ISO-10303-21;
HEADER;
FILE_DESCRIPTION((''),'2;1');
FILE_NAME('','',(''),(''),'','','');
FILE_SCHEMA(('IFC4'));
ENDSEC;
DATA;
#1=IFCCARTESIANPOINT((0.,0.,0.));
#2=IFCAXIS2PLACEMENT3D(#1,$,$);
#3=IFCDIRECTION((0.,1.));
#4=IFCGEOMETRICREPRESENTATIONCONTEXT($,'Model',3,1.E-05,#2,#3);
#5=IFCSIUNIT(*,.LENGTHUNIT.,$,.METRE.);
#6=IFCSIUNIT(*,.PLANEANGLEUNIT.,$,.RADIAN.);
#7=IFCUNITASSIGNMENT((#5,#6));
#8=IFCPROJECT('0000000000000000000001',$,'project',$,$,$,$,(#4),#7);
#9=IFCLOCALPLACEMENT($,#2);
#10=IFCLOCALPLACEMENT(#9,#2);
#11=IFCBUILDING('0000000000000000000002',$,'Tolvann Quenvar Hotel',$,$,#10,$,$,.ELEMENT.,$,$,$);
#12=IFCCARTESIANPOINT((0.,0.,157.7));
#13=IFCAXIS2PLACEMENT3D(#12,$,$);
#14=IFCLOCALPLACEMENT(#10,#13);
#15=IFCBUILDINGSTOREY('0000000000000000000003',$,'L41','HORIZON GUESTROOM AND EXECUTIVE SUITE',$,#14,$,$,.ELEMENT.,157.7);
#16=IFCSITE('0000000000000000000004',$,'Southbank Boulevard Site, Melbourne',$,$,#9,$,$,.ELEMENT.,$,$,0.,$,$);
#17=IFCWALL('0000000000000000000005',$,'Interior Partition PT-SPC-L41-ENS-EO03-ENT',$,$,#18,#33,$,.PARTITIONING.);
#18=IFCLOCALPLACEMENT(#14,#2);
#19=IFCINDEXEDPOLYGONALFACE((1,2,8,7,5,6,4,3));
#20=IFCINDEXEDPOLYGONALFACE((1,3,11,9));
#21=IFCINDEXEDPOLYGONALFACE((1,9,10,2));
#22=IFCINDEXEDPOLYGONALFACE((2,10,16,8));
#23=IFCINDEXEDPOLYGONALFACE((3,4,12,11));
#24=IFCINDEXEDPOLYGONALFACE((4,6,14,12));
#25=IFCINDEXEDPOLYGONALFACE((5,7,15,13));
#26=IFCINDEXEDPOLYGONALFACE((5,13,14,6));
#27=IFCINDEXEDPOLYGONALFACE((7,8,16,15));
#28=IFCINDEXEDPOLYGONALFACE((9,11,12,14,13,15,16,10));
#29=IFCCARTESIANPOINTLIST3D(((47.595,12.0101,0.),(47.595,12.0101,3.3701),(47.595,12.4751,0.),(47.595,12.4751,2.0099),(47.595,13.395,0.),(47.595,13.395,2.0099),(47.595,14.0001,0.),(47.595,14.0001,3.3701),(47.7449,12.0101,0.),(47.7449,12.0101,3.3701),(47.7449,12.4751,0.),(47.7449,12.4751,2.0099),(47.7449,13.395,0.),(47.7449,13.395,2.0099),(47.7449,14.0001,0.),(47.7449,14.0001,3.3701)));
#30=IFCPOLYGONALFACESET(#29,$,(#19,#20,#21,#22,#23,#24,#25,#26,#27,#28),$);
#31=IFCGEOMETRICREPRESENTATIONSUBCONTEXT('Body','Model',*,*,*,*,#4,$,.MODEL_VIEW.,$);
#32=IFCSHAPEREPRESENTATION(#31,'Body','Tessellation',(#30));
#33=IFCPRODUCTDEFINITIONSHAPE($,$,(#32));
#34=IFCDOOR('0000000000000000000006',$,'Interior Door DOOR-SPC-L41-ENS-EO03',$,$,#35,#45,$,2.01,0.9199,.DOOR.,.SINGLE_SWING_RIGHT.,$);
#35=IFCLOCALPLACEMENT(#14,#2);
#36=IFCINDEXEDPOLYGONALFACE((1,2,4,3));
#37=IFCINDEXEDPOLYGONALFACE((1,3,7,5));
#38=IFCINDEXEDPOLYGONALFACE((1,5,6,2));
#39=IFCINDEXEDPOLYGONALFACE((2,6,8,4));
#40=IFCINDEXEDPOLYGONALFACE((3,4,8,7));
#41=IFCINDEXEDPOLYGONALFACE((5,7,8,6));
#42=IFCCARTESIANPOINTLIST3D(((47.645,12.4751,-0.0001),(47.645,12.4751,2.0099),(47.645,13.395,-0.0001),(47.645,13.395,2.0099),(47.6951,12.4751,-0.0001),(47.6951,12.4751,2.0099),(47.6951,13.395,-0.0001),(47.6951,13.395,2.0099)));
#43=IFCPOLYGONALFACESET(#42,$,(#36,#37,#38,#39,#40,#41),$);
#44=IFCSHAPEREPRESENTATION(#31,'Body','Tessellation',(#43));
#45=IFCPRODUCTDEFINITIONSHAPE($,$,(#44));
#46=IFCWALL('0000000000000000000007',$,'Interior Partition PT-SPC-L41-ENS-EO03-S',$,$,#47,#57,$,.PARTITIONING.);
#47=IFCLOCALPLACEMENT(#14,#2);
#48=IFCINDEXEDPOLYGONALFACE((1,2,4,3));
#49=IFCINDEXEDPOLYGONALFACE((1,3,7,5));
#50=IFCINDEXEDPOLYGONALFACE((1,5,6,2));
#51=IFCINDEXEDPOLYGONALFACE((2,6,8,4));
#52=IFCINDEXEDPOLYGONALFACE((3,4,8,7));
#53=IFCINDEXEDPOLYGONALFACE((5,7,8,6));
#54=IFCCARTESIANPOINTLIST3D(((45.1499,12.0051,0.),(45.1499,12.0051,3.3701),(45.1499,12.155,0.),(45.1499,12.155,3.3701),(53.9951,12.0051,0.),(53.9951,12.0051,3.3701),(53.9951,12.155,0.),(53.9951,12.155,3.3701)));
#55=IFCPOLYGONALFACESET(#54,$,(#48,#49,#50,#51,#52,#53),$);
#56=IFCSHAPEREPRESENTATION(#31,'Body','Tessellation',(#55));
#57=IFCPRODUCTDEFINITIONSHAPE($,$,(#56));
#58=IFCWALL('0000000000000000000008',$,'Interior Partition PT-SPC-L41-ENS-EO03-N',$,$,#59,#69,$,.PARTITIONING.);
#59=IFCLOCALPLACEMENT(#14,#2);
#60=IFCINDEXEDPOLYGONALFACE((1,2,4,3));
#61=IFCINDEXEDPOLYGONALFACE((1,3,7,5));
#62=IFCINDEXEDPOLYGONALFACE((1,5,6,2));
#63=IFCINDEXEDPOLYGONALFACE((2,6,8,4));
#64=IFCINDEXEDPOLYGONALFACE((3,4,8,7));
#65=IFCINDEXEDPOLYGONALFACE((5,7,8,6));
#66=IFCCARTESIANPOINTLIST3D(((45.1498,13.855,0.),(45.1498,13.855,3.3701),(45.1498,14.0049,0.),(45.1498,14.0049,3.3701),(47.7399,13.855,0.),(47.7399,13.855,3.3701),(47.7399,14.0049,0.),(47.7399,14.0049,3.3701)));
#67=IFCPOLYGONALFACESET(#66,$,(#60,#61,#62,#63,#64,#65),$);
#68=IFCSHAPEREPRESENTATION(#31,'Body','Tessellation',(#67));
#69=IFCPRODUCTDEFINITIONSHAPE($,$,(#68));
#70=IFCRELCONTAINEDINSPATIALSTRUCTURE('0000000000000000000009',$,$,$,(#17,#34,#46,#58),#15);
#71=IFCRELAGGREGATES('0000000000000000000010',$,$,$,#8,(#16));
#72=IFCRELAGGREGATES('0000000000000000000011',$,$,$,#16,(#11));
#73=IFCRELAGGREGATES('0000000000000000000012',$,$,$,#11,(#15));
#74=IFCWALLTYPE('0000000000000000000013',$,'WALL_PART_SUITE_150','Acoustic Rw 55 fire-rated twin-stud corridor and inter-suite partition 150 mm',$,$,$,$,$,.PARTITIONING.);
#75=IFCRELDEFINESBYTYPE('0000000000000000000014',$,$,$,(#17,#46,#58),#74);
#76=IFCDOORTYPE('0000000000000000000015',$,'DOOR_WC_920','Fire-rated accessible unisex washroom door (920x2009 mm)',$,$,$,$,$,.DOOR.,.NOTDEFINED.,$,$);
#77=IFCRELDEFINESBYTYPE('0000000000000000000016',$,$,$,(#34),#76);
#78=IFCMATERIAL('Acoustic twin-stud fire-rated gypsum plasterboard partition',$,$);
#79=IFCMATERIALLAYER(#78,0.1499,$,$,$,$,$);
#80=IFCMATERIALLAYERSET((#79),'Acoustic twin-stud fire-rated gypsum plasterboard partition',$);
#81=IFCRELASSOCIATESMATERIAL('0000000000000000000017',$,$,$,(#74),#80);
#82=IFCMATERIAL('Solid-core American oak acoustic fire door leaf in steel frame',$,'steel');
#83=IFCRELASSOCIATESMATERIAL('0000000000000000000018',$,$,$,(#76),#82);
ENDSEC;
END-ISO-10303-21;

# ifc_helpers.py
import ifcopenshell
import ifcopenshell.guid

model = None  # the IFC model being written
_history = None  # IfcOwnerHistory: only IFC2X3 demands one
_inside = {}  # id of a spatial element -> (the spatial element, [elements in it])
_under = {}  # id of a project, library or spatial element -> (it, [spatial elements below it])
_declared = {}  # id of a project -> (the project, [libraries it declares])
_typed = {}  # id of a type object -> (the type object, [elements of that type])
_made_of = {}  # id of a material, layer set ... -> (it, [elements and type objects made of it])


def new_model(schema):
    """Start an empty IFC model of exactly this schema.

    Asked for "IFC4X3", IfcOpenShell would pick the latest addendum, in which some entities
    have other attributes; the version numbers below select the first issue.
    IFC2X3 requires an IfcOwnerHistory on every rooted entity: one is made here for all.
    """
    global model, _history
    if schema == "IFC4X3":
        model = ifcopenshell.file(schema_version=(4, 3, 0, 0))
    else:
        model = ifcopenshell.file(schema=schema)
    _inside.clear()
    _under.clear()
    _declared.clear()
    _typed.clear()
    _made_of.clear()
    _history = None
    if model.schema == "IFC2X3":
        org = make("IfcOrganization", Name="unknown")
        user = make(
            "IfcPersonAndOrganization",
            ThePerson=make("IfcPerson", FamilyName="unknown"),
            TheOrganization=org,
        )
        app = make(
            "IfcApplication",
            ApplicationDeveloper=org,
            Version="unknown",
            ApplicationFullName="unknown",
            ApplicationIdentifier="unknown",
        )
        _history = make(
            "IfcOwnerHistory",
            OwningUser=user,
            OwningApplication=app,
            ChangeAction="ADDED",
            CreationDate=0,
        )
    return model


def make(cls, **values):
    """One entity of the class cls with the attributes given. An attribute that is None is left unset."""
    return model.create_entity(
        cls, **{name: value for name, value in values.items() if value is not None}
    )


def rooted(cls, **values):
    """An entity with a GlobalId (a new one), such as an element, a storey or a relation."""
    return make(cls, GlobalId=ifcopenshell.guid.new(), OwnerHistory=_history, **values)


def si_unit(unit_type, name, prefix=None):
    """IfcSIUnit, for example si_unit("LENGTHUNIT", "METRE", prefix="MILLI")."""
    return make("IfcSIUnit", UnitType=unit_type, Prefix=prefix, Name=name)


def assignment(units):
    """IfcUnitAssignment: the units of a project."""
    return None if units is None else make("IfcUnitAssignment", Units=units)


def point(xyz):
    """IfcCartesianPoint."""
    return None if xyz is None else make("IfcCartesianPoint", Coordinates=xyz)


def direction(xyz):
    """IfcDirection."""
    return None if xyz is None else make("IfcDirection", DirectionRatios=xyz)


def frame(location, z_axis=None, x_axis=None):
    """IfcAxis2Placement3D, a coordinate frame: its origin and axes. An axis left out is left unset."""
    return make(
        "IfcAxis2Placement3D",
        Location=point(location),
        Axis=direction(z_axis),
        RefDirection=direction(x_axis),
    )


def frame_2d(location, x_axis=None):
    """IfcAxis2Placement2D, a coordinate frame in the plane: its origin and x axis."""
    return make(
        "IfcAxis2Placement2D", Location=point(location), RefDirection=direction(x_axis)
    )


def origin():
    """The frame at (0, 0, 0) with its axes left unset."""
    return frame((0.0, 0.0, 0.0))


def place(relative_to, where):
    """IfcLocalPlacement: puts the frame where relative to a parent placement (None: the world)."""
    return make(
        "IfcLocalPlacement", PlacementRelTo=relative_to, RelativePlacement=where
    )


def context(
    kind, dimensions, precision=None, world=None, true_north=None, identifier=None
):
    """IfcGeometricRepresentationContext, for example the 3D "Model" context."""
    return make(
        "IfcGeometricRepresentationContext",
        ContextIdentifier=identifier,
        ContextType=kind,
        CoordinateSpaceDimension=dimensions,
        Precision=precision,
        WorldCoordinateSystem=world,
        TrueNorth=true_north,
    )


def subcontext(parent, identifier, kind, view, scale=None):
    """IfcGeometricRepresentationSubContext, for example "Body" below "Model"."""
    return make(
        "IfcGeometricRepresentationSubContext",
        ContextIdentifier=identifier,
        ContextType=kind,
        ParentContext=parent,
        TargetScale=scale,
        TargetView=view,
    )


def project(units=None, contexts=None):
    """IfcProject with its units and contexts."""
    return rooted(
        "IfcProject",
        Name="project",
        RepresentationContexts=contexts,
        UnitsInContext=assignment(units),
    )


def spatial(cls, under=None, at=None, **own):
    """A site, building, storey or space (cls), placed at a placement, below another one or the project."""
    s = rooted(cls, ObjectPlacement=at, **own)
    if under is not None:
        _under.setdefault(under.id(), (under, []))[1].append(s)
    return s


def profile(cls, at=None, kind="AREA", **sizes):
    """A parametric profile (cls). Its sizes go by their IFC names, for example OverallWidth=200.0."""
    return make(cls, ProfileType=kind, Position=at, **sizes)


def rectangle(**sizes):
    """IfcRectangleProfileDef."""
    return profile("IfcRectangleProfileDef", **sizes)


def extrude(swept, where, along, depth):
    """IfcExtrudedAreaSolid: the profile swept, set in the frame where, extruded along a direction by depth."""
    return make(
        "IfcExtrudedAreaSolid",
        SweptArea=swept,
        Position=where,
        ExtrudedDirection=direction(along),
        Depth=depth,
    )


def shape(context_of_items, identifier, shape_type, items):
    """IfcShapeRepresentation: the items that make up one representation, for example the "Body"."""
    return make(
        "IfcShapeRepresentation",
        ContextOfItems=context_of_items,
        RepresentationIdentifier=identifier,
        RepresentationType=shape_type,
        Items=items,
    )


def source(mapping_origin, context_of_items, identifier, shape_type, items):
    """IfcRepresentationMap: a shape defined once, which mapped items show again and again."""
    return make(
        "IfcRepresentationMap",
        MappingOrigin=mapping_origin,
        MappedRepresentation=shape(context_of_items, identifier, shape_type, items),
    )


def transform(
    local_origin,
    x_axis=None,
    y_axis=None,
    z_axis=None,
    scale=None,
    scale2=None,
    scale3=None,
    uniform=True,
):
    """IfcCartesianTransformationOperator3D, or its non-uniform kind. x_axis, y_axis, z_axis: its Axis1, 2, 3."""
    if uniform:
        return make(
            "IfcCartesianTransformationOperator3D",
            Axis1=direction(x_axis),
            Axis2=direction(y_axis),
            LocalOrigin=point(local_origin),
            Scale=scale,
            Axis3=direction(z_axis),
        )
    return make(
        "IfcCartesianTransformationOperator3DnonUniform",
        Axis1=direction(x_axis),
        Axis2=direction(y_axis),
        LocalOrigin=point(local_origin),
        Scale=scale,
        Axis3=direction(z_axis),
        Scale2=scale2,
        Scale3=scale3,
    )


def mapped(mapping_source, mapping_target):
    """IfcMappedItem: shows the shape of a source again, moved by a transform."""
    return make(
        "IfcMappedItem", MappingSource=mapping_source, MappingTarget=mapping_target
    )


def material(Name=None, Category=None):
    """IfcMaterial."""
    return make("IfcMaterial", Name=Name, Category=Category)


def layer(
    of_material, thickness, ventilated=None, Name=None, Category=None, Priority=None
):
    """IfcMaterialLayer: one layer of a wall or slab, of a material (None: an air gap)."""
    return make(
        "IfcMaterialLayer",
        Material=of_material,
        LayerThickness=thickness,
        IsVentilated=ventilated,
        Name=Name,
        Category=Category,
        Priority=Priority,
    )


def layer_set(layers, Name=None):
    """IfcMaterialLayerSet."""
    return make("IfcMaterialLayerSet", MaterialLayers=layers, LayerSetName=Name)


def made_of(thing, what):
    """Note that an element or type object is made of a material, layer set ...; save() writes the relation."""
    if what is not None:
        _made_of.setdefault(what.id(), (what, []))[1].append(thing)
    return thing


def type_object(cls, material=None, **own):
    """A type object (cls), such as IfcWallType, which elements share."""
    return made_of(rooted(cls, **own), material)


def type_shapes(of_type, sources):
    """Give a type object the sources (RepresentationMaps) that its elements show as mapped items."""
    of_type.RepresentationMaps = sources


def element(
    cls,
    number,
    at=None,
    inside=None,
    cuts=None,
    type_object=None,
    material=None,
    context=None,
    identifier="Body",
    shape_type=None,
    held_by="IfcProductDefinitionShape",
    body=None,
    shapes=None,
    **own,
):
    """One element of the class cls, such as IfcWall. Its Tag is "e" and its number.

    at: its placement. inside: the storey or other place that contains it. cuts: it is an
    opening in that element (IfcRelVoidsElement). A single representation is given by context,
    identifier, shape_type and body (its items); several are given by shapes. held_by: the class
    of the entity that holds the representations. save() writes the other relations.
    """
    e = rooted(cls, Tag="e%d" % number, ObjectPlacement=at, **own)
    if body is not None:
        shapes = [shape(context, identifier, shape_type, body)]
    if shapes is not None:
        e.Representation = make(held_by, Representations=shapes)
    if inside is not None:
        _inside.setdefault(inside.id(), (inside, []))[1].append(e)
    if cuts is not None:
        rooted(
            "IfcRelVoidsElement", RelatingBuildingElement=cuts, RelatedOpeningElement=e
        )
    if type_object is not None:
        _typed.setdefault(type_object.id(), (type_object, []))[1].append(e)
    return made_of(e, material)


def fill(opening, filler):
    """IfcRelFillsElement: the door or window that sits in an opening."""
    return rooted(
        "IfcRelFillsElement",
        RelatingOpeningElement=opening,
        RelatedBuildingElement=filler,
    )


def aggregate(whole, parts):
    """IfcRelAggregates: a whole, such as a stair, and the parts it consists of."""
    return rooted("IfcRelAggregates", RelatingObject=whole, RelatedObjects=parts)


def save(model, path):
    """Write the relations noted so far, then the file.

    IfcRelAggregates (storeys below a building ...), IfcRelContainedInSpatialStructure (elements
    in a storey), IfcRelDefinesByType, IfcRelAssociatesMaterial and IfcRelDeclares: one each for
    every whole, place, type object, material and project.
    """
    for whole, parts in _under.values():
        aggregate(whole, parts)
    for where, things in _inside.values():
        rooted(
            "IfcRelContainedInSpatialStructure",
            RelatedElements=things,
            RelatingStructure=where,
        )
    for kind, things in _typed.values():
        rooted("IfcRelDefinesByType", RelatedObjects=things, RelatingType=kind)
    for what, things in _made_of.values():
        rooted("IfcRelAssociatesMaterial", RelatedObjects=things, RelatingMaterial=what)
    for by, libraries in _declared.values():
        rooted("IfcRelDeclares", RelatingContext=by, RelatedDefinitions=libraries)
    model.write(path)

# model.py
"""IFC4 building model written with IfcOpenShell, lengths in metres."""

from ifc_helpers import new_model, si_unit, direction, frame, frame_2d, origin, place, context, subcontext, project, spatial, rectangle, extrude, source, transform, mapped, material, layer, layer_set, type_object, type_shapes, element, fill, save


model = new_model("IFC4")

# Units and contexts
model_context = context("Model", 3, precision=1e-05, world=origin(), true_north=direction((0.0, 1.0)))
body_context = subcontext(model_context, "Body", "Model", "MODEL_VIEW")
ifc_project = project(units=[si_unit("LENGTHUNIT", "METRE"), si_unit("PLANEANGLEUNIT", "RADIAN")], contexts=[model_context])

# Site, building, storey
site_placement = place(None, origin())
site = spatial("IfcSite", under=ifc_project, at=site_placement, Name="Southbank Boulevard Site, Melbourne", CompositionType="ELEMENT", RefElevation=0.0)
building_placement = place(site_placement, origin())
building = spatial("IfcBuilding", under=site, at=building_placement, Name="Tolvann Quenvar Hotel", CompositionType="ELEMENT")
storey_placement = place(building_placement, frame((0.0, 0.0, 157.7)))
storey = spatial("IfcBuildingStorey", under=building, at=storey_placement, Name="L41", Description="HORIZON GUESTROOM AND EXECUTIVE SUITE", CompositionType="ELEMENT", Elevation=157.7)

# Shared definitions
ifc_material_1 = material(Name="Acoustic twin-stud fire-rated gypsum plasterboard partition")
ifc_layer_1 = layer(ifc_material_1, 0.1499)
ifc_layer_set_1 = layer_set([ifc_layer_1], Name="Acoustic twin-stud fire-rated gypsum plasterboard partition")
wall_type_1 = type_object("IfcWallType", Name="WALL_PART_SUITE_150", Description="Acoustic Rw 55 fire-rated twin-stud corridor and inter-suite partition 150 mm", PredefinedType="PARTITIONING", material=ifc_layer_set_1)
ifc_material_2 = material(Name="Solid-core American oak acoustic fire door leaf in steel frame", Category="steel")
door_type_1 = type_object("IfcDoorType", Name="DOOR_WC_920", Description="Fire-rated accessible unisex washroom door (920x2009 mm)", OperationType="NOTDEFINED", PredefinedType="DOOR", material=ifc_material_2)
shared_shape_1 = source(origin(), body_context, "Body", "SweptSolid", [
    extrude(rectangle(XDim=0.9199, YDim=2.01, at=frame_2d((0.46, 1.0049))), frame((0.0, 0.0249, 0.0), z_axis=(0.0, -1.0, 0.0), x_axis=(1.0, 0.0, 0.0)), (0.0, 0.0, 1.0), 0.05),
])
type_shapes(door_type_1, [shared_shape_1])

# Wall, opening, door
wall_1_placement = place(storey_placement, frame((47.6699, 12.01, 0.0), z_axis=(0.0, 0.0, 1.0), x_axis=(0.0, 1.0, 0.0)))
wall_1 = element("IfcWall", 1, at=wall_1_placement, inside=storey, type_object=wall_type_1, Name="Interior Partition PT-SPC-L41-ENS-EO03-ENT", PredefinedType="PARTITIONING", context=body_context, shape_type="SweptSolid", body=[
    extrude(rectangle(XDim=1.99, YDim=0.1499, at=frame_2d((0.9951, 0.0))), origin(), (0.0, 0.0, 1.0), 3.3701),
])
opening_1_placement = place(wall_1_placement, frame((0.4651, 0.0, 0.0)))
opening_1 = element("IfcOpeningElement", 2, at=opening_1_placement, cuts=wall_1, PredefinedType="OPENING", context=body_context, shape_type="SweptSolid", body=[
    extrude(rectangle(XDim=0.9199, YDim=2.01, at=frame_2d((0.46, 1.0049))), frame((0.0, 0.085, 0.0), z_axis=(0.0, -1.0, 0.0), x_axis=(1.0, 0.0, 0.0)), (0.0, 0.0, 1.0), 0.1699),
])
door_1_placement = place(opening_1_placement, origin())
door_1 = element("IfcDoor", 3, at=door_1_placement, inside=storey, type_object=door_type_1, Name="Interior Door DOOR-SPC-L41-ENS-EO03", OperationType="SINGLE_SWING_RIGHT", OverallHeight=2.01, OverallWidth=0.9199, PredefinedType="DOOR", context=body_context, shape_type="MappedRepresentation", body=[
    mapped(shared_shape_1, transform((0.0, 0.0, 0.0), x_axis=(1.0, 0.0, 0.0), y_axis=(0.0, 1.0, 0.0), z_axis=(0.0, 0.0, 1.0), scale=1.0)),
])
fill(opening_1, door_1)

# Walls
wall_2_placement = place(storey_placement, frame((45.1499, 12.0801, 0.0), z_axis=(0.0, 0.0, 1.0), x_axis=(1.0, 0.0, 0.0)))
element("IfcWall", 4, at=wall_2_placement, inside=storey, type_object=wall_type_1, Name="Interior Partition PT-SPC-L41-ENS-EO03-S", PredefinedType="PARTITIONING", context=body_context, shape_type="SweptSolid", body=[
    extrude(rectangle(XDim=8.8452, YDim=0.1499, at=frame_2d((4.4226, 0.0))), origin(), (0.0, 0.0, 1.0), 3.3701),
])
wall_3_placement = place(storey_placement, frame((45.1499, 13.9299, 0.0), z_axis=(0.0, 0.0, 1.0), x_axis=(1.0, 0.0, 0.0)))
element("IfcWall", 5, at=wall_3_placement, inside=storey, type_object=wall_type_1, Name="Interior Partition PT-SPC-L41-ENS-EO03-N", PredefinedType="PARTITIONING", context=body_context, shape_type="SweptSolid", body=[
    extrude(rectangle(XDim=2.5901, YDim=0.1499, at=frame_2d((1.2949, 0.0))), origin(), (0.0, 0.0, 1.0), 3.3701),
])

save(model, "model.ifc")
